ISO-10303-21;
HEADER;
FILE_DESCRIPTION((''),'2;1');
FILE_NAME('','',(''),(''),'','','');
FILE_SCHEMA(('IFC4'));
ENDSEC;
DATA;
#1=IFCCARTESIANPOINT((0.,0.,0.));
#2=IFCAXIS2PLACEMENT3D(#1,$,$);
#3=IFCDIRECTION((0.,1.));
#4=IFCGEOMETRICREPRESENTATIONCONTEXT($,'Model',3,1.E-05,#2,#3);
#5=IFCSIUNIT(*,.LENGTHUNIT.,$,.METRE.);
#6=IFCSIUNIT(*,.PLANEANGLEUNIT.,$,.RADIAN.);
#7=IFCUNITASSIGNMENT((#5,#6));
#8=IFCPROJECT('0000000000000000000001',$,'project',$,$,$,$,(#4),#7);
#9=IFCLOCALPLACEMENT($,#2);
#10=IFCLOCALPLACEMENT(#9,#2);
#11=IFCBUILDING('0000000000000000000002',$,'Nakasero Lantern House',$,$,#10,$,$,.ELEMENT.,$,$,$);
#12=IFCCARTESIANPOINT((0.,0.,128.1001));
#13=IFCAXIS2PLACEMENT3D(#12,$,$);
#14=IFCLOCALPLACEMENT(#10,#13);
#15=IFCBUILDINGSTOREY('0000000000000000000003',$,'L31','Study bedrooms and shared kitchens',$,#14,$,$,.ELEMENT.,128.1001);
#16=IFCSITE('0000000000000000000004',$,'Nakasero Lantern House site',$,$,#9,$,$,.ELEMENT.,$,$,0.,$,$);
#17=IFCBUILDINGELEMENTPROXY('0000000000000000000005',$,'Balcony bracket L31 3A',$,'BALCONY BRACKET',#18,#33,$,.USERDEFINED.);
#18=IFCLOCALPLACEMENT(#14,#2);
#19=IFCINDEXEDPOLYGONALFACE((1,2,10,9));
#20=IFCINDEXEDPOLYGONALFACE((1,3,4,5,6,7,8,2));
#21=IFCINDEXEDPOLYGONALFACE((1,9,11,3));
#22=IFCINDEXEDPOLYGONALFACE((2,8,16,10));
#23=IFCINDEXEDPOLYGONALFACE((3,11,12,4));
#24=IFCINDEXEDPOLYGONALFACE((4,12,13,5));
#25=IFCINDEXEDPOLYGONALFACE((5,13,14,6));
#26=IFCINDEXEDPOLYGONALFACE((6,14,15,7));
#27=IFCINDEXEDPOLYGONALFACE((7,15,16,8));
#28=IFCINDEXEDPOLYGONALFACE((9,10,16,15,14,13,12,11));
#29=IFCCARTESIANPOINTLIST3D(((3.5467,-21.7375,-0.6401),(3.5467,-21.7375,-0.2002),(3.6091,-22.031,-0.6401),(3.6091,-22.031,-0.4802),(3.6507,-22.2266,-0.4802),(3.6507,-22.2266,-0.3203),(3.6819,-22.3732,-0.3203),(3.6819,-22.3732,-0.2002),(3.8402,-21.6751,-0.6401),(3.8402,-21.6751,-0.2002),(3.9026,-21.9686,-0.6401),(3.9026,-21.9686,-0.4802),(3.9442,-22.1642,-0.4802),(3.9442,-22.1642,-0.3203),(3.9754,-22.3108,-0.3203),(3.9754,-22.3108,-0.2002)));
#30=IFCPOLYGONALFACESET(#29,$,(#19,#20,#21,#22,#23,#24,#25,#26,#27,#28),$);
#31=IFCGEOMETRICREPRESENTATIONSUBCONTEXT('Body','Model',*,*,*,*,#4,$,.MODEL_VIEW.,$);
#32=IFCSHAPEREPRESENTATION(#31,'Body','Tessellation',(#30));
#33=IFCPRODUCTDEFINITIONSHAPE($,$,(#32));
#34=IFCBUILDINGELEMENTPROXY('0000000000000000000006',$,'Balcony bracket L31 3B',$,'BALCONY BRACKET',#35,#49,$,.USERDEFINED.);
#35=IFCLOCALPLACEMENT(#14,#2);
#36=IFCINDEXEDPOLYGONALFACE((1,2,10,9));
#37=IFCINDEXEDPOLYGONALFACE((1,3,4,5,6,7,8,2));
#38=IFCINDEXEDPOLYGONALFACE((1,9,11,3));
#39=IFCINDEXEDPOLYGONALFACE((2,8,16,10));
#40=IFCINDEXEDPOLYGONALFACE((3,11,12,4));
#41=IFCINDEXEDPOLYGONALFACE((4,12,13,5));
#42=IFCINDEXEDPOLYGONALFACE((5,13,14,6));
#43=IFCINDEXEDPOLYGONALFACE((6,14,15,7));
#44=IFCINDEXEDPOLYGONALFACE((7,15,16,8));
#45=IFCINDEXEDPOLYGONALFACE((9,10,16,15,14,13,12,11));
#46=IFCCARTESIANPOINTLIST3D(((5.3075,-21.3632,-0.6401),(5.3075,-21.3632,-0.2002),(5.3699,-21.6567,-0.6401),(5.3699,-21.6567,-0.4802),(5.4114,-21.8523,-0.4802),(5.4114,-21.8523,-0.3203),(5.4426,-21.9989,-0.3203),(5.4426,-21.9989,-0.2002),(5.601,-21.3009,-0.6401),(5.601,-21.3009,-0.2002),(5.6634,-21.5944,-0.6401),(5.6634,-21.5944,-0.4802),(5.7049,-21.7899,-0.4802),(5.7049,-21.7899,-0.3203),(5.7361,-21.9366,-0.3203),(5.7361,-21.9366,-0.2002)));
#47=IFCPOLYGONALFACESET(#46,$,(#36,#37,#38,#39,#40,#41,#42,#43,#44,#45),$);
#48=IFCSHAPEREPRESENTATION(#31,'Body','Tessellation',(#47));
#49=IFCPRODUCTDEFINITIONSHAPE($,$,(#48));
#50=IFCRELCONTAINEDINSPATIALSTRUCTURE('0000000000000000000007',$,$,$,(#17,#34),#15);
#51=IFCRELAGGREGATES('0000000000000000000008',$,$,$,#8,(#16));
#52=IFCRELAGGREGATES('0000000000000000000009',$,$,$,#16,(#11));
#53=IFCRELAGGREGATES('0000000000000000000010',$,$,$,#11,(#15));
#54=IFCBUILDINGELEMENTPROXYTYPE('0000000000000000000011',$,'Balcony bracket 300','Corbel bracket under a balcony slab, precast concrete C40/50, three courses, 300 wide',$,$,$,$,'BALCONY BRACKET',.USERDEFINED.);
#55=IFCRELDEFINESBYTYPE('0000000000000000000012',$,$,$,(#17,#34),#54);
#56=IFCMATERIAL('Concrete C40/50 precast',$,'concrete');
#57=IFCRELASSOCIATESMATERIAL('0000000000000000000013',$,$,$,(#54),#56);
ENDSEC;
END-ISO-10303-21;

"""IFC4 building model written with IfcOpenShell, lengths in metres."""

from ifc_helpers import new_model, si_unit, direction, frame, origin, place, context, subcontext, project, spatial, polyline, outline, extrude, material, type_object, element, save


model = new_model("IFC4")

# Units and contexts
model_context = context("Model", 3, precision=1e-05, world=origin(), true_north=direction((0.0, 1.0)))
body_context = subcontext(model_context, "Body", "Model", "MODEL_VIEW")
ifc_project = project(units=[si_unit("LENGTHUNIT", "METRE"), si_unit("PLANEANGLEUNIT", "RADIAN")], contexts=[model_context])

# Site, building, storey
site_placement = place(None, origin())
site = spatial("IfcSite", under=ifc_project, at=site_placement, Name="Nakasero Lantern House site", CompositionType="ELEMENT", RefElevation=0.0)
building_placement = place(site_placement, origin())
building = spatial("IfcBuilding", under=site, at=building_placement, Name="Nakasero Lantern House", CompositionType="ELEMENT")
storey_placement = place(building_placement, frame((0.0, 0.0, 128.1001)))
storey = spatial("IfcBuildingStorey", under=building, at=storey_placement, Name="L31", Description="Study bedrooms and shared kitchens", CompositionType="ELEMENT", Elevation=128.1001)

# Building element proxies
ifc_material_1 = material(Name="Concrete C40/50 precast", Category="concrete")
building_element_proxy_type = type_object("IfcBuildingElementProxyType", Name="Balcony bracket 300", Description="Corbel bracket under a balcony slab, precast concrete C40/50, three courses, 300 wide", ElementType="BALCONY BRACKET", PredefinedType="USERDEFINED", material=ifc_material_1)
for number, where, z_axis, x_axis, name in (
    (1, (3.6936, -21.7063, -0.2002), (0.0, 0.0, 1.0), (0.207912, -0.978148, 0.0), "Balcony bracket L31 3A"),
    (2, (5.4543, -21.332, -0.2002), (0.0, 0.0, 1.0), (0.207912, -0.978148, 0.0), "Balcony bracket L31 3B"),
):
    element("IfcBuildingElementProxy", number, at=place(storey_placement, frame(where, z_axis=z_axis, x_axis=x_axis)), inside=storey, type_object=building_element_proxy_type, Name=name, ObjectType="BALCONY BRACKET", PredefinedType="USERDEFINED", context=body_context, shape_type="SweptSolid", body=[
        extrude(outline(polyline([(0.0, 0.0), (0.6499, 0.0), (0.6499, -0.1201), (0.5, -0.1201), (0.5, -0.28), (0.3, -0.28), (0.3, -0.4399), (0.0, -0.4399), (0.0, 0.0)])), frame((0.0, 0.1499, 0.0), z_axis=(0.0, -1.0, 0.0), x_axis=(1.0, 0.0, 0.0)), (0.0, 0.0, 1.0), 0.3),
    ])

save(model, "model.ifc")
